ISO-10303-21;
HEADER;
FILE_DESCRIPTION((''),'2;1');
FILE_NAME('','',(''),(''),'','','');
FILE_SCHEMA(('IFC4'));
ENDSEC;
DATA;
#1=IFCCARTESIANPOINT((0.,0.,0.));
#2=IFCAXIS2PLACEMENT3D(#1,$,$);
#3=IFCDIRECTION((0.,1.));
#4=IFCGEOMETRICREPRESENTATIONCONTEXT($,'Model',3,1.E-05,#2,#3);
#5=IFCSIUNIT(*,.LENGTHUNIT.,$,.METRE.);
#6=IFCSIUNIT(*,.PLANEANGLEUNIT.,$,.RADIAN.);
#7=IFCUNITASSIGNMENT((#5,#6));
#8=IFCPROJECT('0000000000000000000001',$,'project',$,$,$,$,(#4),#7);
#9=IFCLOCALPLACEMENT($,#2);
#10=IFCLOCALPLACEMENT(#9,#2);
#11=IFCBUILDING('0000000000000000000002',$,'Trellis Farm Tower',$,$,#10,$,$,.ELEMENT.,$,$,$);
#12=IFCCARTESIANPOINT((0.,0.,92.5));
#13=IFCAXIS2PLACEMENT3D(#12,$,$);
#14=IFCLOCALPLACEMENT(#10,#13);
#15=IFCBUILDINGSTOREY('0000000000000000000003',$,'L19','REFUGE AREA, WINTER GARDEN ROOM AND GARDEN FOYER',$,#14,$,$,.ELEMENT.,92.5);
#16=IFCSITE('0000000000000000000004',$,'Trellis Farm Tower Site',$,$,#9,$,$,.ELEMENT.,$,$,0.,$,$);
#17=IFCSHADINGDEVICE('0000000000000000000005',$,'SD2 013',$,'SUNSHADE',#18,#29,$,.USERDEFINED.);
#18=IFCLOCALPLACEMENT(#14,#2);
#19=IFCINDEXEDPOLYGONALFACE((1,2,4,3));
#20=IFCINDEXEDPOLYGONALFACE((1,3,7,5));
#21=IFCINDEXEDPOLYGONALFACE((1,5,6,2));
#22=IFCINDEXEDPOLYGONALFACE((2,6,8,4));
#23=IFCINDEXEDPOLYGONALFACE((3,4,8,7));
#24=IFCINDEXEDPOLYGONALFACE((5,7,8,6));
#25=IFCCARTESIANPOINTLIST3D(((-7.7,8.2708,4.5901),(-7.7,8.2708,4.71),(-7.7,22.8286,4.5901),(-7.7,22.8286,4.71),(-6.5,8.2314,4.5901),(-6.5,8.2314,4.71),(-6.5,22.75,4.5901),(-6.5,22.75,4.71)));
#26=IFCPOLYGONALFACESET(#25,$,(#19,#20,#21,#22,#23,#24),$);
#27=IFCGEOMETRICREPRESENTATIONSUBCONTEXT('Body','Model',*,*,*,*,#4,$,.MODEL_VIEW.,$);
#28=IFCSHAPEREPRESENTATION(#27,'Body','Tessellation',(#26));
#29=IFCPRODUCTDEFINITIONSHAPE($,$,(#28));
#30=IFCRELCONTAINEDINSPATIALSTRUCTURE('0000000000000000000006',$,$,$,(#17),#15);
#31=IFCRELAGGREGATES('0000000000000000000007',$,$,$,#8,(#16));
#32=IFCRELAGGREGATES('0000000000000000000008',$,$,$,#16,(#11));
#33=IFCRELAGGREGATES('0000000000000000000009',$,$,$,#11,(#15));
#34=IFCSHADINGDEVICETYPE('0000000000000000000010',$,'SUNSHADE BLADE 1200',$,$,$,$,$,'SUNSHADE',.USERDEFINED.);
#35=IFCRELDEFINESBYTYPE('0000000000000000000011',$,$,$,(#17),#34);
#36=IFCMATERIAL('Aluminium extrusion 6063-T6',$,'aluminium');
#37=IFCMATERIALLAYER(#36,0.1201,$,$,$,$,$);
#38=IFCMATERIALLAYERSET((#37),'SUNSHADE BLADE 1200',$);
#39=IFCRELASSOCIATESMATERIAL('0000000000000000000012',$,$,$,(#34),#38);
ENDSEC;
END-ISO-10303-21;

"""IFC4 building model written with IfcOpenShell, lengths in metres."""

from ifc_helpers import new_model, si_unit, direction, frame, origin, place, context, subcontext, project, spatial, polyline, outline, extrude, source, transform, mapped, material, layer, layer_set, type_object, element, save


model = new_model("IFC4")

# Units and contexts
model_context = context("Model", 3, precision=1e-05, world=origin(), true_north=direction((0.0, 1.0)))
body_context = subcontext(model_context, "Body", "Model", "MODEL_VIEW")
ifc_project = project(units=[si_unit("LENGTHUNIT", "METRE"), si_unit("PLANEANGLEUNIT", "RADIAN")], contexts=[model_context])

# Site, building, storey
site_placement = place(None, origin())
site = spatial("IfcSite", under=ifc_project, at=site_placement, Name="Trellis Farm Tower Site", CompositionType="ELEMENT", RefElevation=0.0)
building_placement = place(site_placement, origin())
building = spatial("IfcBuilding", under=site, at=building_placement, Name="Trellis Farm Tower", CompositionType="ELEMENT")
storey_placement = place(building_placement, frame((0.0, 0.0, 92.5)))
storey = spatial("IfcBuildingStorey", under=building, at=storey_placement, Name="L19", Description="REFUGE AREA, WINTER GARDEN ROOM AND GARDEN FOYER", CompositionType="ELEMENT", Elevation=92.5)

# Shared definitions
ifc_material_1 = material(Name="Aluminium extrusion 6063-T6", Category="aluminium")

# Shading device
ifc_layer_1 = layer(ifc_material_1, 0.1201)
ifc_layer_set_1 = layer_set([ifc_layer_1], Name="SUNSHADE BLADE 1200")
shading_device_type_1 = type_object("IfcShadingDeviceType", Name="SUNSHADE BLADE 1200", ElementType="SUNSHADE", PredefinedType="USERDEFINED", material=ifc_layer_set_1)
placement_1 = place(storey_placement, frame((0.0, 0.0, 4.5901)))
shared_shape_1 = source(origin(), body_context, "Body", "SweptSolid", [
    extrude(outline(polyline([(-7.7, 22.8286), (-7.7, 8.2708), (-6.5, 8.2314), (-6.5, 22.75), (-7.7, 22.8286)])), origin(), (0.0, 0.0, 1.0), 0.1199),
])
element("IfcShadingDevice", 1, at=placement_1, inside=storey, type_object=shading_device_type_1, Name="SD2 013", ObjectType="SUNSHADE", PredefinedType="USERDEFINED", context=body_context, shape_type="MappedRepresentation", body=[
    mapped(shared_shape_1, transform((0.0, 0.0, 0.0))),
])

save(model, "model.ifc")
